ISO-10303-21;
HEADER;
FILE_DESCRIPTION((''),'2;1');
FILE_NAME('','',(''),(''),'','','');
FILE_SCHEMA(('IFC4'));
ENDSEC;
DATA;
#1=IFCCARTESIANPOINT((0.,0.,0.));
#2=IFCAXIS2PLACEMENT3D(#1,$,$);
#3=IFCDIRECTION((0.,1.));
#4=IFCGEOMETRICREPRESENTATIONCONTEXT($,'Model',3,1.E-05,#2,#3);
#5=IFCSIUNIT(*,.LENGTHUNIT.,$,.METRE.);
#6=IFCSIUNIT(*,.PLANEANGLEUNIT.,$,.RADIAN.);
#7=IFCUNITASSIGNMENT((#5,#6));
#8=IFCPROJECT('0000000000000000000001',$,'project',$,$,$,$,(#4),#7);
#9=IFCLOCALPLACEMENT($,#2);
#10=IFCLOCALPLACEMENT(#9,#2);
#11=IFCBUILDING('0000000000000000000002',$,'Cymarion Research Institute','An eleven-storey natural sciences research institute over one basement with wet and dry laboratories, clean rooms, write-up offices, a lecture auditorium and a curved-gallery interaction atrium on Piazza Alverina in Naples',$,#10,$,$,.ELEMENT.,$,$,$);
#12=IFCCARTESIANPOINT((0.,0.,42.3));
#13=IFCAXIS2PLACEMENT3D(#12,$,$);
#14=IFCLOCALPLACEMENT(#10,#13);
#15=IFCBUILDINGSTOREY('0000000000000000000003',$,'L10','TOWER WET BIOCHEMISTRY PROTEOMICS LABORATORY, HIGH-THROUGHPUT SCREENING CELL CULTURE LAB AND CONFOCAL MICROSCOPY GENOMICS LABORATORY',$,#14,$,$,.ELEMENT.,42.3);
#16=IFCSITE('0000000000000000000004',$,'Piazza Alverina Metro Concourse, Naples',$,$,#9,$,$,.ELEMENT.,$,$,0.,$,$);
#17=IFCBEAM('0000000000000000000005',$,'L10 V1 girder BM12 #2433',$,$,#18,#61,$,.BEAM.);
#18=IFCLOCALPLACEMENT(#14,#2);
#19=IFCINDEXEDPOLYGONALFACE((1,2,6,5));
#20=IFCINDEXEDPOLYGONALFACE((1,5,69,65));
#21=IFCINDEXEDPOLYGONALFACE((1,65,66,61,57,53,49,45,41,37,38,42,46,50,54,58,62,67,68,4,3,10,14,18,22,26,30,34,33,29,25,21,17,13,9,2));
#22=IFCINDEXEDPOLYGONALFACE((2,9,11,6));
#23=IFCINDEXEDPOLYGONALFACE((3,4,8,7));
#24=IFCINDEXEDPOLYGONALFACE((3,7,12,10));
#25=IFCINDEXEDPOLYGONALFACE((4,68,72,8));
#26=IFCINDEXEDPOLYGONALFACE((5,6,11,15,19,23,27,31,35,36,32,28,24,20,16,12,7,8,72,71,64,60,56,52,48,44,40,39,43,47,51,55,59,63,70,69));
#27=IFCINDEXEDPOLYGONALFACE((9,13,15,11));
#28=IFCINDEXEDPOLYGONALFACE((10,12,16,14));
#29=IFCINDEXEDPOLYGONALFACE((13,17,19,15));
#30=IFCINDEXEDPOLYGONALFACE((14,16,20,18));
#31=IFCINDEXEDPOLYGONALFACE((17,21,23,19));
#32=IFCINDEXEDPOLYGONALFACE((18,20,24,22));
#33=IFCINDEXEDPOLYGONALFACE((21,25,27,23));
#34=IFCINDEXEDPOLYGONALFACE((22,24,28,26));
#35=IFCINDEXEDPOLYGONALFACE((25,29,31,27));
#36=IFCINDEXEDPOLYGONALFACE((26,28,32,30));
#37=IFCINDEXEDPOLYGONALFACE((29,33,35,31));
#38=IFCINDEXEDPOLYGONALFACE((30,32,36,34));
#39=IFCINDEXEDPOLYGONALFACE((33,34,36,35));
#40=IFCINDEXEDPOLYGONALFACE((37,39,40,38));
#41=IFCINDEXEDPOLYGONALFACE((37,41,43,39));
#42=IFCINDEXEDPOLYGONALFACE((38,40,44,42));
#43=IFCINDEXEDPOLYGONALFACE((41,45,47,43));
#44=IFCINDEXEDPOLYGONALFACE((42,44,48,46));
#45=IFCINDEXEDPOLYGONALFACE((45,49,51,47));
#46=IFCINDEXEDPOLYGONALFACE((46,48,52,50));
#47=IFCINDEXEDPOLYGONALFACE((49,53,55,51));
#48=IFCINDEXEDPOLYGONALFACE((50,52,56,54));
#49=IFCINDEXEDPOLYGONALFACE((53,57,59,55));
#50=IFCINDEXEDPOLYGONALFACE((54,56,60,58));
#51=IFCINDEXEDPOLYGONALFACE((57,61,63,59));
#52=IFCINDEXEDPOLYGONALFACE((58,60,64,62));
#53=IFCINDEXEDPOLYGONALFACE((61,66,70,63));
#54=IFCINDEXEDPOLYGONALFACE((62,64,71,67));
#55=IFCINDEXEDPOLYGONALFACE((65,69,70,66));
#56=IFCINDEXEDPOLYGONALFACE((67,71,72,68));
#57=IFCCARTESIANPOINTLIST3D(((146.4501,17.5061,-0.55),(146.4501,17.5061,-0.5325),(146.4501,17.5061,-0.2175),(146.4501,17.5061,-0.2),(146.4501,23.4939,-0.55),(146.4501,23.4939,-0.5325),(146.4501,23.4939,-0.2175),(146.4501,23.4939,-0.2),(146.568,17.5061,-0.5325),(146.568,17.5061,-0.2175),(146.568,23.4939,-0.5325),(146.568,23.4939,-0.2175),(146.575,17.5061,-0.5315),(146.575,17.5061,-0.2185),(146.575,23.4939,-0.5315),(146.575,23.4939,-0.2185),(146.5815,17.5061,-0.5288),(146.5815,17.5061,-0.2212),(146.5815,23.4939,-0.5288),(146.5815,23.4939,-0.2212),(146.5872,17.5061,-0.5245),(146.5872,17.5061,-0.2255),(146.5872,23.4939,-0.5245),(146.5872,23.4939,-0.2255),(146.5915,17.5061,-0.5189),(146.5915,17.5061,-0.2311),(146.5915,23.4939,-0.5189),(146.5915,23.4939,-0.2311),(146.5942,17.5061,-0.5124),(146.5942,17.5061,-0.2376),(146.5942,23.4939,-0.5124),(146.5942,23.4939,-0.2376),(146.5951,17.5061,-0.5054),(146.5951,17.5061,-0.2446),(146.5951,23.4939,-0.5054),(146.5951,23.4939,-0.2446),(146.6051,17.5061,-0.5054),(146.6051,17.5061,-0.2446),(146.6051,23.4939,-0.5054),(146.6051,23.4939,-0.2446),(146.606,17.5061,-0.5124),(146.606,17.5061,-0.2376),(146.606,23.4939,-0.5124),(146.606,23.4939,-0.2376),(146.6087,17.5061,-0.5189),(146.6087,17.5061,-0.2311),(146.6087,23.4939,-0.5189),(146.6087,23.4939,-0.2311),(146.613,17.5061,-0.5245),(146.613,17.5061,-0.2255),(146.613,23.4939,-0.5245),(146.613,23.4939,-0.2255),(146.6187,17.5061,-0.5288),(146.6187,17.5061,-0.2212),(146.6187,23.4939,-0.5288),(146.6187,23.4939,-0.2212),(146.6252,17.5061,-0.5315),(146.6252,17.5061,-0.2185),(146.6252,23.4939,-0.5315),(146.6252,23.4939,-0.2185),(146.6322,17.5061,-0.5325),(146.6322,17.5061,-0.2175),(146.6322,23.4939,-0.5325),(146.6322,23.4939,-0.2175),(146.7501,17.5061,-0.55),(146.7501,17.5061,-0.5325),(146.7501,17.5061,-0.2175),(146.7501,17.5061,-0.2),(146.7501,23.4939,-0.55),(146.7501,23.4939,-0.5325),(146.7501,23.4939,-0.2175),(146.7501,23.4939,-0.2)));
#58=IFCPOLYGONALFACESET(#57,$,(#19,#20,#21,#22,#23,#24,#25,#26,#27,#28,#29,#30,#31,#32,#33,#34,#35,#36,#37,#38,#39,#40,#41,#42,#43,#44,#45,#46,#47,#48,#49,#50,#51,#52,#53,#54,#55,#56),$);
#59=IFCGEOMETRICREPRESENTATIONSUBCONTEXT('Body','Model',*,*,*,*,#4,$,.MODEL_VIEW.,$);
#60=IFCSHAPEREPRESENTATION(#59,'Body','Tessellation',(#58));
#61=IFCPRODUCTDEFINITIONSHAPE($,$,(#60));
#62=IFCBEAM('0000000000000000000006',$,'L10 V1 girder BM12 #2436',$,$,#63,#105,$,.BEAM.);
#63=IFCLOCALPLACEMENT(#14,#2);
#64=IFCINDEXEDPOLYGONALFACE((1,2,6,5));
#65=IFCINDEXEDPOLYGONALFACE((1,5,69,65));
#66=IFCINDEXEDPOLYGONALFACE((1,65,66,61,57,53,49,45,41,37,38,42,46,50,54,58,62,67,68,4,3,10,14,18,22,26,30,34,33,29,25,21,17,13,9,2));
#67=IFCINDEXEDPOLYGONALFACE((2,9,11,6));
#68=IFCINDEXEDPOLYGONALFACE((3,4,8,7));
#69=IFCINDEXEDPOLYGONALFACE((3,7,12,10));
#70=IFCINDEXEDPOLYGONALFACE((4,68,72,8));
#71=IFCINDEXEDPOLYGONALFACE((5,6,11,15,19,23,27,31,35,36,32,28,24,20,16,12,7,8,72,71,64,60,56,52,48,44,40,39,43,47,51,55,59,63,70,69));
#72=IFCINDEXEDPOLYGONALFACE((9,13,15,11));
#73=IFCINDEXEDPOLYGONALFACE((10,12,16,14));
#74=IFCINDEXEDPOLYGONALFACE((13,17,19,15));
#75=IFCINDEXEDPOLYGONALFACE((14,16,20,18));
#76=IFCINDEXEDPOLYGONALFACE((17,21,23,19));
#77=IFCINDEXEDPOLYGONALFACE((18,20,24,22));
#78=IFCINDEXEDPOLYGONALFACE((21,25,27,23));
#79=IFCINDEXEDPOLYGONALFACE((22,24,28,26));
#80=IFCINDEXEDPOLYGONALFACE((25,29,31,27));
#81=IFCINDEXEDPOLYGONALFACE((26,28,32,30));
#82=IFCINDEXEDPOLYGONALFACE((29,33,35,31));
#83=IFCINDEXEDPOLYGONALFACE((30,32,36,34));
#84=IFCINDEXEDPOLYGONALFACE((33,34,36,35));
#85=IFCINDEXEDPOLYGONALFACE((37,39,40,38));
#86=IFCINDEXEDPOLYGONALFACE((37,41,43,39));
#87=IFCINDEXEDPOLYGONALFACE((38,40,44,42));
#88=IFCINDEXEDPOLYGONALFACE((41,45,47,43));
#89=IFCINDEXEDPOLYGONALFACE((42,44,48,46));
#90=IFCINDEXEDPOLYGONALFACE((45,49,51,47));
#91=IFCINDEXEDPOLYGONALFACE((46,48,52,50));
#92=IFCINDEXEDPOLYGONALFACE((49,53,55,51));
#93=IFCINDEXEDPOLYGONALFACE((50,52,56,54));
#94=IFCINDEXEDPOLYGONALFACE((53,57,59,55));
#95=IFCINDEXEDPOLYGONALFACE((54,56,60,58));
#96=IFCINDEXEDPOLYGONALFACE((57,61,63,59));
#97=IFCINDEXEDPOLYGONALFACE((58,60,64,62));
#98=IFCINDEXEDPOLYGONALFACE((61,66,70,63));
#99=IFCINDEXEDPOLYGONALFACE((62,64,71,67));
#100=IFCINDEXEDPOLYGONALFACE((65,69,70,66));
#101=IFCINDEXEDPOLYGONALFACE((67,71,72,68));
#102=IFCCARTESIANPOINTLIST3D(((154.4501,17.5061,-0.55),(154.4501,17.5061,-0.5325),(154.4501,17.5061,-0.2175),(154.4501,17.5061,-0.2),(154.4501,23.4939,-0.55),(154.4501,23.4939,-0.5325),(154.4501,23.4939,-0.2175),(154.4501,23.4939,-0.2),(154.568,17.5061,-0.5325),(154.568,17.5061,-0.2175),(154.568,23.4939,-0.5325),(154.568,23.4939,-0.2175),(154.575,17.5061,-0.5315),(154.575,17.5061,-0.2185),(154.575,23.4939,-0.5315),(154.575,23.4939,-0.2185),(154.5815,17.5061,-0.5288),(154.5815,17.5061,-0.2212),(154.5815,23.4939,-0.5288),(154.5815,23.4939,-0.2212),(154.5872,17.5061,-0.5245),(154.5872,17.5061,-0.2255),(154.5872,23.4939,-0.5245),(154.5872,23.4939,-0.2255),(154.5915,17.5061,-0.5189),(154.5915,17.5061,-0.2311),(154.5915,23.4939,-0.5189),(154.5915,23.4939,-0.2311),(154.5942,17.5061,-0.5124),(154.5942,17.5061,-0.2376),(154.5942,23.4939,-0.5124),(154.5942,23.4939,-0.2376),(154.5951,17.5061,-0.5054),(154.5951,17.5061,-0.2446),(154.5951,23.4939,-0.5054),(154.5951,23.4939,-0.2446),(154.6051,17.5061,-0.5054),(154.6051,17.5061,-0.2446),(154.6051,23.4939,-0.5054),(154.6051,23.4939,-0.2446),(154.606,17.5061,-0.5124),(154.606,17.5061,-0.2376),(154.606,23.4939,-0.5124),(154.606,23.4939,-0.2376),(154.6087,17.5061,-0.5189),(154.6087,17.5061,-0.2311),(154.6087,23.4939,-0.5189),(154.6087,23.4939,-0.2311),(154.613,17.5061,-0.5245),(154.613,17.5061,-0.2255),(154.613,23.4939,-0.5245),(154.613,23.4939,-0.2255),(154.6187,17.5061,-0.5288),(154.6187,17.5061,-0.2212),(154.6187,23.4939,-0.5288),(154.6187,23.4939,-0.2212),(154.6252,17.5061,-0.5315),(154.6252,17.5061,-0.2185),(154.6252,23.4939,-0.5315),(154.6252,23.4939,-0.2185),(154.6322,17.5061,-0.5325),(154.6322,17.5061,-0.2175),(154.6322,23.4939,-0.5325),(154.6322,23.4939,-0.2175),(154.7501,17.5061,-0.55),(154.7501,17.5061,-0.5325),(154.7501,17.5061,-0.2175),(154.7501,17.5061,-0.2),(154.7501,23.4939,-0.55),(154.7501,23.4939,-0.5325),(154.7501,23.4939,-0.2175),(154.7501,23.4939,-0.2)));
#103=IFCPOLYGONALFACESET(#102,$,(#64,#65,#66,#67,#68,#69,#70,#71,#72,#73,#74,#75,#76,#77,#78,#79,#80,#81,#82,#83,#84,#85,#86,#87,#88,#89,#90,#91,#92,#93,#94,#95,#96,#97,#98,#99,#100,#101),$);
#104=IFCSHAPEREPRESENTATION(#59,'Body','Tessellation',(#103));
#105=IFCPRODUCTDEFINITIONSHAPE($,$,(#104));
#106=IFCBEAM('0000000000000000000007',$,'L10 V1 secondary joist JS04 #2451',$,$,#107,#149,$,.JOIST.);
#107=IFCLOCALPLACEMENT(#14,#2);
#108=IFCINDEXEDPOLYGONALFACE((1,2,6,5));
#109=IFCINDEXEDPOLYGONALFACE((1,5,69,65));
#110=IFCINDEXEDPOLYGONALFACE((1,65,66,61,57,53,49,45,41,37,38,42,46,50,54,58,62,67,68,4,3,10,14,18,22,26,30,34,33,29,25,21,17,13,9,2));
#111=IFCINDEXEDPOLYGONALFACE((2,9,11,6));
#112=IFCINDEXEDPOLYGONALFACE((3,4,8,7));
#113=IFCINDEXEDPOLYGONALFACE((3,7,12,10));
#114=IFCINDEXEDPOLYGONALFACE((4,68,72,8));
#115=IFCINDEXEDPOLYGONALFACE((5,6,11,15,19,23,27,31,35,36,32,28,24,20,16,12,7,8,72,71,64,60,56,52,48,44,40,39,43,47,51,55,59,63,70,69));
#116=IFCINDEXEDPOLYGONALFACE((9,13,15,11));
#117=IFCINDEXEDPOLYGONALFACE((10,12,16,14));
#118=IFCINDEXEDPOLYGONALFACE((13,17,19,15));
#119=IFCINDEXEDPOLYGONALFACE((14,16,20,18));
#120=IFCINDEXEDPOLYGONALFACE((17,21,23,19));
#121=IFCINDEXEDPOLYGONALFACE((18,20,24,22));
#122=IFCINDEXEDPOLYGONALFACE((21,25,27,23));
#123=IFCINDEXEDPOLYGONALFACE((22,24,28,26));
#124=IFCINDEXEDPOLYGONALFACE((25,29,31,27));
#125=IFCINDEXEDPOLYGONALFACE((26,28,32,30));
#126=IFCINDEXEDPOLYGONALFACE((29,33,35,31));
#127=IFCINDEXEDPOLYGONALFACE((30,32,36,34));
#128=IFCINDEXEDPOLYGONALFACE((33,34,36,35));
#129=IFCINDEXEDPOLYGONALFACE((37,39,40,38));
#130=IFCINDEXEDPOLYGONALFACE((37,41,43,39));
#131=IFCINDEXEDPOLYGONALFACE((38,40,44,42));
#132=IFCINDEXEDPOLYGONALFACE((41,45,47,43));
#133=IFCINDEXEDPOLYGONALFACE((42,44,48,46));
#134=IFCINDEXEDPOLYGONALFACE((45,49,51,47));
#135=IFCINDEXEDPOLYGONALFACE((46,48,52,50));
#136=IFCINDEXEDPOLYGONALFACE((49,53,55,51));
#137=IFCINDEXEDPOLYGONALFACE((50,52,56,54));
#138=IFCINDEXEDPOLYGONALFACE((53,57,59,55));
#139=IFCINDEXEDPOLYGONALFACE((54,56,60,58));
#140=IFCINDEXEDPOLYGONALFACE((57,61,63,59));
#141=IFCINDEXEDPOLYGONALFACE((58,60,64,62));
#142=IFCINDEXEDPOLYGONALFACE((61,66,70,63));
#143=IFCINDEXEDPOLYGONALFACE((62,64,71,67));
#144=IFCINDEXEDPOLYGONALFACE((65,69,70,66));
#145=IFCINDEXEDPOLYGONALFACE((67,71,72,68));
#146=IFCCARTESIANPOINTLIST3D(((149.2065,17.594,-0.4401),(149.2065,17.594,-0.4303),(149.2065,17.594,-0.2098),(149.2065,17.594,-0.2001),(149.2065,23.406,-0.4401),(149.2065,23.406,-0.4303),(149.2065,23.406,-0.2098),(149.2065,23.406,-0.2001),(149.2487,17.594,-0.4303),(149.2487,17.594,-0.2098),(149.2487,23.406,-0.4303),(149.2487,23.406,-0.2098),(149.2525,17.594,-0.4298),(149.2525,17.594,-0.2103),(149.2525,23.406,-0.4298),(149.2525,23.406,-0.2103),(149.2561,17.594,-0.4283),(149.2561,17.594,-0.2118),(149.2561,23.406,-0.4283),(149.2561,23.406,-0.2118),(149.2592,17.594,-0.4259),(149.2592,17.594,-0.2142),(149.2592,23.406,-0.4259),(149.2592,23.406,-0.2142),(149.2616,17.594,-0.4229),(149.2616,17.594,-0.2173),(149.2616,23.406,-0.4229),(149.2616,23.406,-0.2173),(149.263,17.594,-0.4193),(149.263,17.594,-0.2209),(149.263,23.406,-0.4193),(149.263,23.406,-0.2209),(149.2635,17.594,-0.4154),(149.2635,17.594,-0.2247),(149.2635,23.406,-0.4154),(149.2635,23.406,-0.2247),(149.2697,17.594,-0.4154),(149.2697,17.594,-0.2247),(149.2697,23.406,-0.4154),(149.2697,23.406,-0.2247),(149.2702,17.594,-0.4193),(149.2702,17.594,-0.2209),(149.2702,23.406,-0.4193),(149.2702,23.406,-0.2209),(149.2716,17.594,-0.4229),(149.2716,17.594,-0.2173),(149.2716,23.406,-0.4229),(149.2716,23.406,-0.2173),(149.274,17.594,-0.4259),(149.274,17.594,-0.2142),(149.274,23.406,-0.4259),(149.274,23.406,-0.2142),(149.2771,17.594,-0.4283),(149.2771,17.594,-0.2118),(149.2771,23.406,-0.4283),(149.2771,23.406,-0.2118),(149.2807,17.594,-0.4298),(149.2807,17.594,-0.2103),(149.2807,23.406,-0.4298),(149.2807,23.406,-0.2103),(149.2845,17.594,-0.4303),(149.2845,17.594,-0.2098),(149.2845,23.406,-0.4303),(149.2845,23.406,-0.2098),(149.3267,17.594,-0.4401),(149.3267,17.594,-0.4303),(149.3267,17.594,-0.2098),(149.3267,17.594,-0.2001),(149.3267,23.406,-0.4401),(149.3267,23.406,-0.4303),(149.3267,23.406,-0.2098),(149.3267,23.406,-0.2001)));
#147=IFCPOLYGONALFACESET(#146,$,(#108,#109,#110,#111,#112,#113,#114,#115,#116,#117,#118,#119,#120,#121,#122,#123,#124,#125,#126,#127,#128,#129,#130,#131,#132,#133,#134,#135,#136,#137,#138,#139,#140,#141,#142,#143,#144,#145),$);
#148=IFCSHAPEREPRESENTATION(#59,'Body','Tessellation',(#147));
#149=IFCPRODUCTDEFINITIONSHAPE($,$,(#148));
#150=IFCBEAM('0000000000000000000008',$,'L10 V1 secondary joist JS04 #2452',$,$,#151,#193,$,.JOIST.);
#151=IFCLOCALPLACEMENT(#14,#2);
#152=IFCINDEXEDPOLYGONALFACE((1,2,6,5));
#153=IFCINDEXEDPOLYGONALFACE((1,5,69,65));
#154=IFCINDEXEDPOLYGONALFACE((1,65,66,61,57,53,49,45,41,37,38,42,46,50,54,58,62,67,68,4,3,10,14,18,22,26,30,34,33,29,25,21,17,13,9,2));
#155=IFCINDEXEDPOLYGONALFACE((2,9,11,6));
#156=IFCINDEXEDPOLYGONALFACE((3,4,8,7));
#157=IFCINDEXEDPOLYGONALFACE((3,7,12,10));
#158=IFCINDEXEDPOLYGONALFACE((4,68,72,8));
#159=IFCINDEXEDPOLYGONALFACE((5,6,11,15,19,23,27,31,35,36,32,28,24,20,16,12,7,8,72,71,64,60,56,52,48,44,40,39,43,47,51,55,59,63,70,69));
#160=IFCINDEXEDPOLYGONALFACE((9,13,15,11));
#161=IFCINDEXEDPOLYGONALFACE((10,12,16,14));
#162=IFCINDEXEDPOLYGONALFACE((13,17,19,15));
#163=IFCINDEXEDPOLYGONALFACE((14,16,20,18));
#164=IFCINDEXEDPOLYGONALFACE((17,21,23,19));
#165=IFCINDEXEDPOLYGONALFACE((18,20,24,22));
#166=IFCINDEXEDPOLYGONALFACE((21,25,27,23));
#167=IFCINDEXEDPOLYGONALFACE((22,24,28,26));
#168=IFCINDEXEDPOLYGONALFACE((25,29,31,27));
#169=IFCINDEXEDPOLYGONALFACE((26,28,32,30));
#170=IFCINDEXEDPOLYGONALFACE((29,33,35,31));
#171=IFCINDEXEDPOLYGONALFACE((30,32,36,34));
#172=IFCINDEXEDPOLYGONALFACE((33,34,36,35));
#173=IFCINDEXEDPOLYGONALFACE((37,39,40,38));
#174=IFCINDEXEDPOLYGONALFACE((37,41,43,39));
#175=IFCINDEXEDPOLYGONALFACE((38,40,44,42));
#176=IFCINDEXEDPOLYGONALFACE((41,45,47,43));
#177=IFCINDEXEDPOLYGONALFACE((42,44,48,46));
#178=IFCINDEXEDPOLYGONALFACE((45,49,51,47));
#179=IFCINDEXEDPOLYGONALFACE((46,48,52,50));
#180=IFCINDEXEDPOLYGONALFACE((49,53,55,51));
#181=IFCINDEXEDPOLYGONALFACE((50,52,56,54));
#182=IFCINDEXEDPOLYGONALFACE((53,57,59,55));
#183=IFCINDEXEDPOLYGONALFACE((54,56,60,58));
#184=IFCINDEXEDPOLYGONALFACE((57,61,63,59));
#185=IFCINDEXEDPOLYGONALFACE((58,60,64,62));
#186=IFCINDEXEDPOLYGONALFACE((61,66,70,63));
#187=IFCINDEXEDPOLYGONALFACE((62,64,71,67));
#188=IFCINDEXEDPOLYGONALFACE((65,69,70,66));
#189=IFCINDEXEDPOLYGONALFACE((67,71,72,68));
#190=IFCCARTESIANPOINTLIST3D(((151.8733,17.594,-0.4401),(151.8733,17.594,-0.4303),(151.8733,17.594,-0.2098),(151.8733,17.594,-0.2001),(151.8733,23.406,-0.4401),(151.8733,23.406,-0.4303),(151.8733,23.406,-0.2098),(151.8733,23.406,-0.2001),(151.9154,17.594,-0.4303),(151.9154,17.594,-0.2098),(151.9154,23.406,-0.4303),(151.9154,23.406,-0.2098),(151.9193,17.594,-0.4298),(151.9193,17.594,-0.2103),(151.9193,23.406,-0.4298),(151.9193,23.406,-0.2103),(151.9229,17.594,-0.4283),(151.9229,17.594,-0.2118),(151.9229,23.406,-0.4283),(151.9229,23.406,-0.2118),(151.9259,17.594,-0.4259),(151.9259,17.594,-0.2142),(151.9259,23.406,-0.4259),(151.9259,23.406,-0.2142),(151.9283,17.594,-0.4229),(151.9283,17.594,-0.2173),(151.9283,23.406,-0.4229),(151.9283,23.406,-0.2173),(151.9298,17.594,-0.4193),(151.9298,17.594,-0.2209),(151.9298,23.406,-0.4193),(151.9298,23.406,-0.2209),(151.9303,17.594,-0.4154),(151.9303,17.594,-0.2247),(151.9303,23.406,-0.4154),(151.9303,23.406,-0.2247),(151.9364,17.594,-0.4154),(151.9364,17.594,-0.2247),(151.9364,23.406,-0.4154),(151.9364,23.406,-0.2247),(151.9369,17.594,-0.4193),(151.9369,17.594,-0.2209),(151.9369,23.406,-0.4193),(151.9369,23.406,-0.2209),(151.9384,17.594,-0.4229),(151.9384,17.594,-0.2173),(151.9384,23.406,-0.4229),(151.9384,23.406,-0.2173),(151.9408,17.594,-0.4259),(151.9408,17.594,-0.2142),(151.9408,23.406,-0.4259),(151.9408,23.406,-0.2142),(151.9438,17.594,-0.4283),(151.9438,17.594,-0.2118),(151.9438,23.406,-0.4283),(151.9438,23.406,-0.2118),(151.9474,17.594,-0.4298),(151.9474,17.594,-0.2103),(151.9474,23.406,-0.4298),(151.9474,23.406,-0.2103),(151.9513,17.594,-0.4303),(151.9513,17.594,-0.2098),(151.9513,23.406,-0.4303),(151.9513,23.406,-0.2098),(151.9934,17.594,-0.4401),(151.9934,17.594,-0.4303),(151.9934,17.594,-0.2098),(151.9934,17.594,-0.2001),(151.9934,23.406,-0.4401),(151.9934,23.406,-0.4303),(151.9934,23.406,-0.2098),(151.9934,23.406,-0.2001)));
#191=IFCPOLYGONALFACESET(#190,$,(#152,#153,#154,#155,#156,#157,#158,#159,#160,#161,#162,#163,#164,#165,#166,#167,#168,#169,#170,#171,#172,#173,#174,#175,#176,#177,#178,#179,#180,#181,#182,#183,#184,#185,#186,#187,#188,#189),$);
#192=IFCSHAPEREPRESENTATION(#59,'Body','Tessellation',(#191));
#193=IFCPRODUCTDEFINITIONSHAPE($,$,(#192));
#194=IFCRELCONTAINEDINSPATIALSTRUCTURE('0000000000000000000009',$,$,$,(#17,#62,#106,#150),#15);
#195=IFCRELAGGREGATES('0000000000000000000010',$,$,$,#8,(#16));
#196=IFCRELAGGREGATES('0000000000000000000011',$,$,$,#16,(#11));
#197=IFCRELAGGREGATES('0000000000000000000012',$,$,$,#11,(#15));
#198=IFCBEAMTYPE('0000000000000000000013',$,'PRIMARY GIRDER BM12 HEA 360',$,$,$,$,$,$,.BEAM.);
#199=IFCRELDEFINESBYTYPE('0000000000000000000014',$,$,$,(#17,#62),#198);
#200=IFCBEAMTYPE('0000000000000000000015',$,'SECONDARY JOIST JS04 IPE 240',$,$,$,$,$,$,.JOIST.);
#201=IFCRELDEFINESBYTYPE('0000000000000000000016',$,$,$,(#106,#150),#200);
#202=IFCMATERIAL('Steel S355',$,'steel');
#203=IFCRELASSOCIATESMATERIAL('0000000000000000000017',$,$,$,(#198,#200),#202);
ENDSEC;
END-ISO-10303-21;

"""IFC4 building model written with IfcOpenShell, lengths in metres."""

from ifc_helpers import new_model, si_unit, direction, frame, origin, origin_2d, place, context, subcontext, project, spatial, i_section, extrude, material, material_profile, profile_set, type_object, element, save


model = new_model("IFC4")

# Units and contexts
model_context = context("Model", 3, precision=1e-05, world=origin(), true_north=direction((0.0, 1.0)))
body_context = subcontext(model_context, "Body", "Model", "MODEL_VIEW")
ifc_project = project(units=[si_unit("LENGTHUNIT", "METRE"), si_unit("PLANEANGLEUNIT", "RADIAN")], contexts=[model_context])

# Site, building, storey
site_placement = place(None, origin())
site = spatial("IfcSite", under=ifc_project, at=site_placement, Name="Piazza Alverina Metro Concourse, Naples", CompositionType="ELEMENT", RefElevation=0.0)
building_placement = place(site_placement, origin())
building = spatial("IfcBuilding", under=site, at=building_placement, Name="Cymarion Research Institute", Description="An eleven-storey natural sciences research institute over one basement with wet and dry laboratories, clean rooms, write-up offices, a lecture auditorium and a curved-gallery interaction atrium on Piazza Alverina in Naples", CompositionType="ELEMENT")
storey_placement = place(building_placement, frame((0.0, 0.0, 42.3)))
storey = spatial("IfcBuildingStorey", under=building, at=storey_placement, Name="L10", Description="TOWER WET BIOCHEMISTRY PROTEOMICS LABORATORY, HIGH-THROUGHPUT SCREENING CELL CULTURE LAB AND CONFOCAL MICROSCOPY GENOMICS LABORATORY", CompositionType="ELEMENT", Elevation=42.3)

# Shared definitions
ifc_material_1 = material(Name="Steel S355", Category="steel")

# Beams
ifc_material_profile_1 = material_profile(ifc_material_1, i_section(OverallWidth=0.3, OverallDepth=0.3501, WebThickness=0.01, FlangeThickness=0.0176, FilletRadius=0.0271, at=origin_2d()), Name="HEA 360")
ifc_profile_set_1 = profile_set([ifc_material_profile_1], Name="Steel S355")
beam_type_1 = type_object("IfcBeamType", Name="PRIMARY GIRDER BM12 HEA 360", PredefinedType="BEAM", material=ifc_profile_set_1)
for number, where, z_axis, x_axis, name in (
    (1, (146.6001, 17.5061, -0.375), (0.0, 1.0, 0.0), (-1.0, 0.0, 0.0), "L10 V1 girder BM12 #2433"),
    (2, (154.6001, 17.5061, -0.375), (0.0, 1.0, 0.0), (-1.0, 0.0, 0.0), "L10 V1 girder BM12 #2436"),
):
    element("IfcBeam", number, at=place(storey_placement, frame(where, z_axis=z_axis, x_axis=x_axis)), inside=storey, type_object=beam_type_1, Name=name, PredefinedType="BEAM", context=body_context, shape_type="SweptSolid", body=[
        extrude(i_section(OverallWidth=0.3, OverallDepth=0.3501, WebThickness=0.01, FlangeThickness=0.0176, FilletRadius=0.0271, at=origin_2d()), origin(), (0.0, 0.0, 1.0), 5.9878),
    ])
ifc_material_profile_2 = material_profile(ifc_material_1, i_section(OverallWidth=0.1201, OverallDepth=0.24, WebThickness=0.0061, FlangeThickness=0.0098, FilletRadius=0.0149, at=origin_2d()), Name="IPE 240")
ifc_profile_set_2 = profile_set([ifc_material_profile_2], Name="Steel S355")
beam_type_2 = type_object("IfcBeamType", Name="SECONDARY JOIST JS04 IPE 240", PredefinedType="JOIST", material=ifc_profile_set_2)
for number, where, z_axis, x_axis, name in (
    (3, (149.2666, 17.594, -0.3201), (0.0, 1.0, 0.0), (-1.0, 0.0, 0.0), "L10 V1 secondary joist JS04 #2451"),
    (4, (151.9333, 17.594, -0.3201), (0.0, 1.0, 0.0), (-1.0, 0.0, 0.0), "L10 V1 secondary joist JS04 #2452"),
):
    element("IfcBeam", number, at=place(storey_placement, frame(where, z_axis=z_axis, x_axis=x_axis)), inside=storey, type_object=beam_type_2, Name=name, PredefinedType="JOIST", context=body_context, shape_type="SweptSolid", body=[
        extrude(i_section(OverallWidth=0.1201, OverallDepth=0.24, WebThickness=0.0061, FlangeThickness=0.0098, FilletRadius=0.0149, at=origin_2d()), origin(), (0.0, 0.0, 1.0), 5.812),
    ])

save(model, "model.ifc")
